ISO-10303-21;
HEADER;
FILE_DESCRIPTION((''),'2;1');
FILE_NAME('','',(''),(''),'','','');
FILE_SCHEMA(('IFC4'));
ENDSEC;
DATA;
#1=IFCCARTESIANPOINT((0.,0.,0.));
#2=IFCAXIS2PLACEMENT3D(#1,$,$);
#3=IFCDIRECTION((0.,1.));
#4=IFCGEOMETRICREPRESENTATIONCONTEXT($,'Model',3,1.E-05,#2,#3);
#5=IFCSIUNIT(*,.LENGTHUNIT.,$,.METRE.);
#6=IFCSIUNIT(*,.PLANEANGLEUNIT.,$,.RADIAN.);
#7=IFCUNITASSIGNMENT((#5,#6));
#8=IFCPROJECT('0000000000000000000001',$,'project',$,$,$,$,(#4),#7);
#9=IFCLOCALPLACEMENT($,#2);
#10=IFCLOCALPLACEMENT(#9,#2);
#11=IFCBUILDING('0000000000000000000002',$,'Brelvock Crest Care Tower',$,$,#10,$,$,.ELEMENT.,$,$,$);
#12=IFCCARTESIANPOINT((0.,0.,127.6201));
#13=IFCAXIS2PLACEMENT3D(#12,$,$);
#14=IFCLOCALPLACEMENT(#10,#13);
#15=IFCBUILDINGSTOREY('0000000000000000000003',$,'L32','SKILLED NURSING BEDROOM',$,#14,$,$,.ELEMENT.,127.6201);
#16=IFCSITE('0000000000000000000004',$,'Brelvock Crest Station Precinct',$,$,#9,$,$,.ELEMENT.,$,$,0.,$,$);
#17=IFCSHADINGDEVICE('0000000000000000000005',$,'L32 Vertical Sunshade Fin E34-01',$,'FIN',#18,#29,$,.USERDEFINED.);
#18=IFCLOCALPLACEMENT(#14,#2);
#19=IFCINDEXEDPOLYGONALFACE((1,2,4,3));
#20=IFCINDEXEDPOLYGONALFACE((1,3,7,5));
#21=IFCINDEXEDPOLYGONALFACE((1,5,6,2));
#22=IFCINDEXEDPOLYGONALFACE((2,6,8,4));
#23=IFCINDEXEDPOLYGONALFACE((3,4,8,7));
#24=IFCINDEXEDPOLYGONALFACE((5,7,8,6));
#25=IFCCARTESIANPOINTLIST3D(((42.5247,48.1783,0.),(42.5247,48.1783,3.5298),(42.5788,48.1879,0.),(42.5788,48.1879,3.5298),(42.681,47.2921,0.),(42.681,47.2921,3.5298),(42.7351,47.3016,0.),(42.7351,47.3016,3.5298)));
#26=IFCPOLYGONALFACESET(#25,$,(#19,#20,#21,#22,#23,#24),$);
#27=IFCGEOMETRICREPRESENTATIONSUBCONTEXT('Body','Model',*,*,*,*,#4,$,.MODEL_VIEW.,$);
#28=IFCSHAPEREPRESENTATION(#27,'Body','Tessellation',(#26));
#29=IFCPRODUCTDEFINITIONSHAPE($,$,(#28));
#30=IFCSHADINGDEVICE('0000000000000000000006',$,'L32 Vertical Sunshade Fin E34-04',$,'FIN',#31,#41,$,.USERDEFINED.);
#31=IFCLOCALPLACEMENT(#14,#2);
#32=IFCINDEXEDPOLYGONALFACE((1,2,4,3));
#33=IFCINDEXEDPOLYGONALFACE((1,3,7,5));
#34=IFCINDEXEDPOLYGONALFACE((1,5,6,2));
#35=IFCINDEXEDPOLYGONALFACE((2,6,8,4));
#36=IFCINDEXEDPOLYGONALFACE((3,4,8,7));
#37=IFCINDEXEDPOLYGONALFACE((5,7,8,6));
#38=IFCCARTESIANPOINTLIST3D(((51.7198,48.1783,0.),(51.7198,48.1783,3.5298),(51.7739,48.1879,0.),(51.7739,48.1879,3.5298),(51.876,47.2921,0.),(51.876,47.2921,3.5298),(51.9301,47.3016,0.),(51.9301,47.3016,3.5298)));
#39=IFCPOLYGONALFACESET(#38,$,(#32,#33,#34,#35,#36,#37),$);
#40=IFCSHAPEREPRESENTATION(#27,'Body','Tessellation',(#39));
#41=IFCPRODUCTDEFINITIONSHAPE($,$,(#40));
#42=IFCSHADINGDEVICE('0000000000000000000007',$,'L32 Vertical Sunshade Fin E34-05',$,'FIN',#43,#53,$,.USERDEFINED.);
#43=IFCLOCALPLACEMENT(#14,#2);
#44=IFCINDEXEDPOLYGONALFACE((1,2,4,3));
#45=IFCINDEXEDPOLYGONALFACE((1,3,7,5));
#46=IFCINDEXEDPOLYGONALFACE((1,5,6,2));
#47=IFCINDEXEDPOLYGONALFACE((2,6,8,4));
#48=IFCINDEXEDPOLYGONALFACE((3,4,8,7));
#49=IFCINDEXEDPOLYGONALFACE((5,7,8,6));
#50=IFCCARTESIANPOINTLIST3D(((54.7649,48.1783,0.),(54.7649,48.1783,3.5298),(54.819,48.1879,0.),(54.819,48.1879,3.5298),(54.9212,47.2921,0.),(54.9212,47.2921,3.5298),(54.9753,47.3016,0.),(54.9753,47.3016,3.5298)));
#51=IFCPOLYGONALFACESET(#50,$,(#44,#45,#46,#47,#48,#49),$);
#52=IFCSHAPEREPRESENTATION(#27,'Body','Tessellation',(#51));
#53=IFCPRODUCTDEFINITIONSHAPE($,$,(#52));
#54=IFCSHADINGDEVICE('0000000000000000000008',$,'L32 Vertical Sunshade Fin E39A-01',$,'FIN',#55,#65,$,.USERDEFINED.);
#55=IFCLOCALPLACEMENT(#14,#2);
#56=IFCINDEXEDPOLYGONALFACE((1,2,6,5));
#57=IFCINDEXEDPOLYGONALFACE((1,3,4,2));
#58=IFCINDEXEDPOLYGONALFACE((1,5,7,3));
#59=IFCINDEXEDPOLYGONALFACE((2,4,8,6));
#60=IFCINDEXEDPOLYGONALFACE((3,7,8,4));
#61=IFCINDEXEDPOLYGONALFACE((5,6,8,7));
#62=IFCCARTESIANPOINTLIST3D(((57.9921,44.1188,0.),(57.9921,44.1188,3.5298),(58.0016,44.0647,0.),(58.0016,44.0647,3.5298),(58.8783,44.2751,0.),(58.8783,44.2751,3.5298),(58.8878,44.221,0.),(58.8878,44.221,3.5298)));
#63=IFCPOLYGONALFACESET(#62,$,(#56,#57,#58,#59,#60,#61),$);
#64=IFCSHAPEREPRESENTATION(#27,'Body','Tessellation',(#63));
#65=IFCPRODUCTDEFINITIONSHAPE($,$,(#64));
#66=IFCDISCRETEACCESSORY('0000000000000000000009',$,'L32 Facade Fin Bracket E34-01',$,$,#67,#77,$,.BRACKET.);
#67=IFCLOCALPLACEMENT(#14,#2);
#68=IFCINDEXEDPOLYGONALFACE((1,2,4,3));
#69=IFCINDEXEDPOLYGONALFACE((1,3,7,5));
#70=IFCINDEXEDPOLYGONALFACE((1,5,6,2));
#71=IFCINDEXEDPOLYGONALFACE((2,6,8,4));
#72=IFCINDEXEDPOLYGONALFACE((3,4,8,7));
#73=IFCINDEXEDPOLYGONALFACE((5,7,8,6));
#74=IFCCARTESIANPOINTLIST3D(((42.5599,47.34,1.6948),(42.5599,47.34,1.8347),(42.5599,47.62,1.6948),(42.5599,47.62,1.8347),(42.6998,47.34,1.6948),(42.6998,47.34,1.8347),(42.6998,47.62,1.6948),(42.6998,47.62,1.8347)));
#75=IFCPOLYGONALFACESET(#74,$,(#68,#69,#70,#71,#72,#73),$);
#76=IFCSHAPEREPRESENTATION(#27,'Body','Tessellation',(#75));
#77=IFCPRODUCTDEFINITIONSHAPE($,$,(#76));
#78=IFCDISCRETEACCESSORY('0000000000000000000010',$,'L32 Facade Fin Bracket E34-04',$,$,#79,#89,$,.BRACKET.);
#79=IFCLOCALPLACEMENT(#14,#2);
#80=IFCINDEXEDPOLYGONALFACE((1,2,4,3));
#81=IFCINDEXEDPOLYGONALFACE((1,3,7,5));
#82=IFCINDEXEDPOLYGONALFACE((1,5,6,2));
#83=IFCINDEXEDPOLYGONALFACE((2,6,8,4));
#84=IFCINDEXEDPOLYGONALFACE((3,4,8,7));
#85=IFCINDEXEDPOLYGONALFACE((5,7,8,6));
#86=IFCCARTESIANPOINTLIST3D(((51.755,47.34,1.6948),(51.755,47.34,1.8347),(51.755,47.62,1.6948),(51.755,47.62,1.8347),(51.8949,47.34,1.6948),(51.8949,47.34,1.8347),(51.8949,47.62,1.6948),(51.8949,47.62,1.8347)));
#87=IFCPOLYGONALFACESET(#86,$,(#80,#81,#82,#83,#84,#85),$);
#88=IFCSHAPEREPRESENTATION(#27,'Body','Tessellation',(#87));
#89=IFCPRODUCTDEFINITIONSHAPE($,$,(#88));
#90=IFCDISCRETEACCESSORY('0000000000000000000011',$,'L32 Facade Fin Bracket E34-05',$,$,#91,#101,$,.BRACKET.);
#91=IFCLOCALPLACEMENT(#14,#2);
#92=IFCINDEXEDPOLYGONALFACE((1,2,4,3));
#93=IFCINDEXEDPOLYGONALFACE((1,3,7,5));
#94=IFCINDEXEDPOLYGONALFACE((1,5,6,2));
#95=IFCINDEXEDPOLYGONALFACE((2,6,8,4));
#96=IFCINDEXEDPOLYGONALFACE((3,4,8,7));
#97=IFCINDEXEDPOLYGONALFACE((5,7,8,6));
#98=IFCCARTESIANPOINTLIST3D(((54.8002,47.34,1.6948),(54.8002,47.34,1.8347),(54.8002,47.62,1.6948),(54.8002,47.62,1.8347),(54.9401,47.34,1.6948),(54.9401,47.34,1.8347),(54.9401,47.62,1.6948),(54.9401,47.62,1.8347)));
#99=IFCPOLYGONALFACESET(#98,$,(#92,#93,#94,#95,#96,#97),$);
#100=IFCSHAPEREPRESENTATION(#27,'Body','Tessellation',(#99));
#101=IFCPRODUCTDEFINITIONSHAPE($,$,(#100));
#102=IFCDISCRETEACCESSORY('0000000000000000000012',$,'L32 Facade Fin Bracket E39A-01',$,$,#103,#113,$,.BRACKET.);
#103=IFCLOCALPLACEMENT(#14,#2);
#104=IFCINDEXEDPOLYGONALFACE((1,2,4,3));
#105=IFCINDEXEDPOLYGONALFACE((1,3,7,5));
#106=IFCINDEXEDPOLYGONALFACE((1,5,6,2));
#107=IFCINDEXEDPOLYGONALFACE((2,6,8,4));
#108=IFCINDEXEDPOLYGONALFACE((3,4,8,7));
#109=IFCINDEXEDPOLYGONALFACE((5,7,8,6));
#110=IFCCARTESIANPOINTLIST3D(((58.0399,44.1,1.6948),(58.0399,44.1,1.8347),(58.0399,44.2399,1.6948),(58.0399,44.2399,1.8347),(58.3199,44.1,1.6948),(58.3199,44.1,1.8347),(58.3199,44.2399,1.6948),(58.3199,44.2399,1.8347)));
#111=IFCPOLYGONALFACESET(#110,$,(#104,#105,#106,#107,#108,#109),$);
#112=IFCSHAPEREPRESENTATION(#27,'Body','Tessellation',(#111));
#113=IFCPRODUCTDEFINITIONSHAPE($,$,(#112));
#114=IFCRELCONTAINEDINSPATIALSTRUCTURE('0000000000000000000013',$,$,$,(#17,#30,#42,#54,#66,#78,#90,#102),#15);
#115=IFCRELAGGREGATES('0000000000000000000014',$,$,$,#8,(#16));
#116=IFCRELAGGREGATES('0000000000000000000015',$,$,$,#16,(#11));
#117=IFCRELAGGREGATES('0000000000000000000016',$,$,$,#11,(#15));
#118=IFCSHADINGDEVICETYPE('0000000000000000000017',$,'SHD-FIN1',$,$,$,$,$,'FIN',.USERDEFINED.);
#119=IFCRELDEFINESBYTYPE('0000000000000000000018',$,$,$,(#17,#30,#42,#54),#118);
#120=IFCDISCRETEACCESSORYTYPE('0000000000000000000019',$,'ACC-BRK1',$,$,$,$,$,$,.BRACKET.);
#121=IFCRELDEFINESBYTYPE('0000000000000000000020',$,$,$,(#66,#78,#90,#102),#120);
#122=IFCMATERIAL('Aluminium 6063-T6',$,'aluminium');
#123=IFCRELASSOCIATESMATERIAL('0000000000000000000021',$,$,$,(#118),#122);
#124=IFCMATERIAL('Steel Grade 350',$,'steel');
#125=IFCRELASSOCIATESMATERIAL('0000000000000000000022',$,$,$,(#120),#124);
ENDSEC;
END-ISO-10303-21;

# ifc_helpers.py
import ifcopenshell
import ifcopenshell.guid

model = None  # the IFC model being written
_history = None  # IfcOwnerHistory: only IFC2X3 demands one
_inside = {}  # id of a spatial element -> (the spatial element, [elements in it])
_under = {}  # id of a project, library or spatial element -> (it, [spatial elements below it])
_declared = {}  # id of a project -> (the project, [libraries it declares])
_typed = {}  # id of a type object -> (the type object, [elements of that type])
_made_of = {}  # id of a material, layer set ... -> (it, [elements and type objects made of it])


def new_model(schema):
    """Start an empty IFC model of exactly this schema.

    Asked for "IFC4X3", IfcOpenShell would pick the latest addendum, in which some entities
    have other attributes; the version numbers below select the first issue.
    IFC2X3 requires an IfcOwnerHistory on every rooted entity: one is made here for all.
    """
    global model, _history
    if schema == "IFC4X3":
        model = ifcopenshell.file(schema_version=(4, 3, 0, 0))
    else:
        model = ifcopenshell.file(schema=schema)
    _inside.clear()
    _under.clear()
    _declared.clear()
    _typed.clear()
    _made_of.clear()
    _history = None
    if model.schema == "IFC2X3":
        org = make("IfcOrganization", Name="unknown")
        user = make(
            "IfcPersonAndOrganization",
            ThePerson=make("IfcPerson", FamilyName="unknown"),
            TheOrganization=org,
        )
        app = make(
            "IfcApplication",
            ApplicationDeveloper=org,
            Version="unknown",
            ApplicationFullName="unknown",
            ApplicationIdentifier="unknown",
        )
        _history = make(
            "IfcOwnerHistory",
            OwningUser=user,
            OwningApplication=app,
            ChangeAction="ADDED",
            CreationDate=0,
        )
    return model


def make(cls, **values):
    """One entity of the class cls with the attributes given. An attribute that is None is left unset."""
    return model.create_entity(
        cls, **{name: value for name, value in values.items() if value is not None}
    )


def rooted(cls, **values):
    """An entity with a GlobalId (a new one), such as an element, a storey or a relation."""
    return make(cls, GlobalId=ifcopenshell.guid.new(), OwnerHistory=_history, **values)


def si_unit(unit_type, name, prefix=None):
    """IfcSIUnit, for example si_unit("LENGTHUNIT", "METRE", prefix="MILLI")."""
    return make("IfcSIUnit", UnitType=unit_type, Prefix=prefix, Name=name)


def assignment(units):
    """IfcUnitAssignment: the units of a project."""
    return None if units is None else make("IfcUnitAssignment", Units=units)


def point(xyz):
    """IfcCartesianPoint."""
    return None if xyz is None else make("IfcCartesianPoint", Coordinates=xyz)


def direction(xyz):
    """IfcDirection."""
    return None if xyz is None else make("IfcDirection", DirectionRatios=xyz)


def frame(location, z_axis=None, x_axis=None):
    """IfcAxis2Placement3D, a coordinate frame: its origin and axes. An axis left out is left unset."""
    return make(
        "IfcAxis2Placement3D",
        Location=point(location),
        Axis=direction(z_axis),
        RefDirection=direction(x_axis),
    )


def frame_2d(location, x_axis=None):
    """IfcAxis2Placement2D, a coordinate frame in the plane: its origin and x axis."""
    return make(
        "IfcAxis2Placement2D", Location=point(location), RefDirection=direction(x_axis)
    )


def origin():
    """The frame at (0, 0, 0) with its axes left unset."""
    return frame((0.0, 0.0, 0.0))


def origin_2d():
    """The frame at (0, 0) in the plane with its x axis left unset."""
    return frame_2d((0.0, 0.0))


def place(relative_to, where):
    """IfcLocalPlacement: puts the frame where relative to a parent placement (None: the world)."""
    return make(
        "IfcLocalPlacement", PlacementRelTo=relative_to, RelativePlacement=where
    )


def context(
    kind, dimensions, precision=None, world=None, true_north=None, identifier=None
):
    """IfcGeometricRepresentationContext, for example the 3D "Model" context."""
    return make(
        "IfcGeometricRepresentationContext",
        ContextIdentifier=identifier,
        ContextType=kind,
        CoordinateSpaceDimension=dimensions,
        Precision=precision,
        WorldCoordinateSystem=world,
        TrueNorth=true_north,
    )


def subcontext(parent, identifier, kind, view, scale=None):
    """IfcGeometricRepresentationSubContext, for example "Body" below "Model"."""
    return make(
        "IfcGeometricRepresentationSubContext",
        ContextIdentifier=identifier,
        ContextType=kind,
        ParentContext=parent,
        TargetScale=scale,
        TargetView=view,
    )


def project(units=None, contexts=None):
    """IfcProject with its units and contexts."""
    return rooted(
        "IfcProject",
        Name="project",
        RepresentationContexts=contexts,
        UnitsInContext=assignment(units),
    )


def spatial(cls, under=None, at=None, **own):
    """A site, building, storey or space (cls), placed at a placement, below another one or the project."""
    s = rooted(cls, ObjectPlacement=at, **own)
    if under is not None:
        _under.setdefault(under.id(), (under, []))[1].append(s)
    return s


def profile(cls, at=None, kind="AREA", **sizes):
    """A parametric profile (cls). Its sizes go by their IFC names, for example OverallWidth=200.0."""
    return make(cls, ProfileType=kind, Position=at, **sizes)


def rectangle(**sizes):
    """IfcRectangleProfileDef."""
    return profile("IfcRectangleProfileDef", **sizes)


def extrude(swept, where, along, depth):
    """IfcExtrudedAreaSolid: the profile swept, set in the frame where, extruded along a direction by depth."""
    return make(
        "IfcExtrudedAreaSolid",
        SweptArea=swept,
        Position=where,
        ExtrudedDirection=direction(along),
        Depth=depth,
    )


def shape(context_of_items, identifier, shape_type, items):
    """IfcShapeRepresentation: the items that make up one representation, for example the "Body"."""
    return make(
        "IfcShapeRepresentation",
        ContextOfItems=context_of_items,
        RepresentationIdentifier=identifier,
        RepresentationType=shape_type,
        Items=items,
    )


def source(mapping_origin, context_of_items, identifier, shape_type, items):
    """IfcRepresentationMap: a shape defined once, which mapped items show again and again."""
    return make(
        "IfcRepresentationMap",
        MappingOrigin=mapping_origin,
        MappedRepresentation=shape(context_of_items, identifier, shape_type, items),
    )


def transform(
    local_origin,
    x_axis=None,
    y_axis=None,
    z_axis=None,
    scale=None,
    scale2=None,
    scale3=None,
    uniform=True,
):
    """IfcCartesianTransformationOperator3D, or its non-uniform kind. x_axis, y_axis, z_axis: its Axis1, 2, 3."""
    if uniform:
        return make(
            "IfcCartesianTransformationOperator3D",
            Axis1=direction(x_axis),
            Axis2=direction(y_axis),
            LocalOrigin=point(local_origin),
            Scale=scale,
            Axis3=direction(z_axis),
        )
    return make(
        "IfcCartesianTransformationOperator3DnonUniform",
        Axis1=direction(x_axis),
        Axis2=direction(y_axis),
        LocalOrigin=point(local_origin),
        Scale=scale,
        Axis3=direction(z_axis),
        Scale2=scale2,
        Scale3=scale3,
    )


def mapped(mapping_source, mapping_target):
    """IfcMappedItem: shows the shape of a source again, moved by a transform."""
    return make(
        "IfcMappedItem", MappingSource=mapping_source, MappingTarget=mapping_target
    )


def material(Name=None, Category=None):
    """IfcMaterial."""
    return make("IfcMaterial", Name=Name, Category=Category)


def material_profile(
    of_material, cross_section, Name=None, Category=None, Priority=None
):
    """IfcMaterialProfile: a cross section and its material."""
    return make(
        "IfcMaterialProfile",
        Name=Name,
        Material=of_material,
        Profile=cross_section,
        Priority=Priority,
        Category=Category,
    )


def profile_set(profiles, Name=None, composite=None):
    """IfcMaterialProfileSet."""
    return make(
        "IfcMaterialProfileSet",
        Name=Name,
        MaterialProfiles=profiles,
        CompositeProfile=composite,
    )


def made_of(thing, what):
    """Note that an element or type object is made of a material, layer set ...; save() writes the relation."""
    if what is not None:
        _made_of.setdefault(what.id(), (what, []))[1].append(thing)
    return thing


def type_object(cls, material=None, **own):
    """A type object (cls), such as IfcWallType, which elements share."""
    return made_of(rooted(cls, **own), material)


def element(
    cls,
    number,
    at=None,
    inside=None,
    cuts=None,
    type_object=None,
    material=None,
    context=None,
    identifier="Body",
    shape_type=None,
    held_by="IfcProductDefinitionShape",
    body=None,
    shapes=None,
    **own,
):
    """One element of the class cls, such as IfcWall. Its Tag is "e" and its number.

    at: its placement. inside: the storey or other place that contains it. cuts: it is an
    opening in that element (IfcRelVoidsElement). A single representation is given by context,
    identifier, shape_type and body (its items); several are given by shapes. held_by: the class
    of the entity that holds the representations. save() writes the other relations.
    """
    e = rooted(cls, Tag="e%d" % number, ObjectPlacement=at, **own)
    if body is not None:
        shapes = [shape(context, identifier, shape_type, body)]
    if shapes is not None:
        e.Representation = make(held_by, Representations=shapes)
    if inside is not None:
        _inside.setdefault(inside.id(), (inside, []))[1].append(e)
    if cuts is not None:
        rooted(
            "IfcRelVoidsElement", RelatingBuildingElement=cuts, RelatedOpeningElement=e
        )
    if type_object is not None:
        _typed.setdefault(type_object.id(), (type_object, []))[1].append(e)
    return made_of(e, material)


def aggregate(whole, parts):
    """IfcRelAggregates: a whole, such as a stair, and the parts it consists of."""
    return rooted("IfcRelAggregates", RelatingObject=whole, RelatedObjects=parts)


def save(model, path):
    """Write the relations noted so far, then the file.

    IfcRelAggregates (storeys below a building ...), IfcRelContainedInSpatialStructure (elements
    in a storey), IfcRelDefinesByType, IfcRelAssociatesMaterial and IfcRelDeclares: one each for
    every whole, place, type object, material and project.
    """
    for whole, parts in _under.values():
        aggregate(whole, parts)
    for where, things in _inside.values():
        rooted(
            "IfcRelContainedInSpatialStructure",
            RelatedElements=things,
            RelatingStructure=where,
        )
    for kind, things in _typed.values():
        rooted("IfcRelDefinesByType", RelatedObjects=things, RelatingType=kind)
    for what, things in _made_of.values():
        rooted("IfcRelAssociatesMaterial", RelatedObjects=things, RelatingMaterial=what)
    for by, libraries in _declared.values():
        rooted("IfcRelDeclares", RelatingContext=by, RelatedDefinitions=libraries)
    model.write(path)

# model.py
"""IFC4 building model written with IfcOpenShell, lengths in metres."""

from ifc_helpers import new_model, si_unit, direction, frame, origin, origin_2d, place, context, subcontext, project, spatial, rectangle, extrude, source, transform, mapped, material, material_profile, profile_set, type_object, element, save


model = new_model("IFC4")

# Units and contexts
model_context = context("Model", 3, precision=1e-05, world=origin(), true_north=direction((0.0, 1.0)))
body_context = subcontext(model_context, "Body", "Model", "MODEL_VIEW")
ifc_project = project(units=[si_unit("LENGTHUNIT", "METRE"), si_unit("PLANEANGLEUNIT", "RADIAN")], contexts=[model_context])

# Site, building, storey
site_placement = place(None, origin())
site = spatial("IfcSite", under=ifc_project, at=site_placement, Name="Brelvock Crest Station Precinct", CompositionType="ELEMENT", RefElevation=0.0)
building_placement = place(site_placement, origin())
building = spatial("IfcBuilding", under=site, at=building_placement, Name="Brelvock Crest Care Tower", CompositionType="ELEMENT")
storey_placement = place(building_placement, frame((0.0, 0.0, 127.6201)))
storey = spatial("IfcBuildingStorey", under=building, at=storey_placement, Name="L32", Description="SKILLED NURSING BEDROOM", CompositionType="ELEMENT", Elevation=127.6201)

# Shared definitions
ifc_material_1 = material(Name="Aluminium 6063-T6", Category="aluminium")

# Shading devices
ifc_material_profile_1 = material_profile(ifc_material_1, rectangle(XDim=0.0549, YDim=0.8999, at=origin_2d()), Name="FIN55x900")
ifc_profile_set_1 = profile_set([ifc_material_profile_1], Name="Aluminium 6063-T6")
shading_device_type = type_object("IfcShadingDeviceType", Name="SHD-FIN1", ElementType="FIN", PredefinedType="USERDEFINED", material=ifc_profile_set_1)
shared_shape_1 = source(origin(), body_context, "Body", "SweptSolid", [
    extrude(rectangle(XDim=0.0549, YDim=0.8999, at=origin_2d()), origin(), (0.0, 0.0, 1.0), 3.5298),
])
for number, where, z_axis, x_axis, name in (
    (1, (42.6299, 47.74, 0.0), (0.0, 0.0, 1.0), (0.984808, 0.173648, 0.0), "L32 Vertical Sunshade Fin E34-01"),
    (2, (51.825, 47.74, 0.0), (0.0, 0.0, 1.0), (0.984808, 0.173648, 0.0), "L32 Vertical Sunshade Fin E34-04"),
    (3, (54.8701, 47.74, 0.0), (0.0, 0.0, 1.0), (0.984808, 0.173648, 0.0), "L32 Vertical Sunshade Fin E34-05"),
    (4, (58.4399, 44.1699, 0.0), (0.0, 0.0, 1.0), (0.173648, -0.984808, 0.0), "L32 Vertical Sunshade Fin E39A-01"),
):
    element("IfcShadingDevice", number, at=place(storey_placement, frame(where, z_axis=z_axis, x_axis=x_axis)), inside=storey, type_object=shading_device_type, Name=name, ObjectType="FIN", PredefinedType="USERDEFINED", context=body_context, shape_type="MappedRepresentation", body=[
        mapped(shared_shape_1, transform((0.0, 0.0, 0.0), x_axis=(1.0, 0.0, 0.0), y_axis=(0.0, 1.0, 0.0), z_axis=(0.0, 0.0, 1.0), scale=1.0)),
    ])

# Discrete accessories
ifc_material_2 = material(Name="Steel Grade 350", Category="steel")
discrete_accessory_type = type_object("IfcDiscreteAccessoryType", Name="ACC-BRK1", PredefinedType="BRACKET", material=ifc_material_2)
shared_shape_2 = source(origin(), body_context, "Body", "SweptSolid", [
    extrude(rectangle(XDim=0.28, YDim=0.1399, at=origin_2d()), origin(), (0.0, 0.0, 1.0), 0.1399),
])
for number, where, z_axis, x_axis, name in (
    (5, (42.6299, 47.48, 1.6948), (0.0, 0.0, 1.0), (0.0, 1.0, 0.0), "L32 Facade Fin Bracket E34-01"),
    (6, (51.825, 47.48, 1.6948), (0.0, 0.0, 1.0), (0.0, 1.0, 0.0), "L32 Facade Fin Bracket E34-04"),
    (7, (54.8701, 47.48, 1.6948), (0.0, 0.0, 1.0), (0.0, 1.0, 0.0), "L32 Facade Fin Bracket E34-05"),
    (8, (58.1799, 44.1699, 1.6948), (0.0, 0.0, 1.0), (1.0, 0.0, 0.0), "L32 Facade Fin Bracket E39A-01"),
):
    element("IfcDiscreteAccessory", number, at=place(storey_placement, frame(where, z_axis=z_axis, x_axis=x_axis)), inside=storey, type_object=discrete_accessory_type, Name=name, PredefinedType="BRACKET", context=body_context, shape_type="MappedRepresentation", body=[
        mapped(shared_shape_2, transform((0.0, 0.0, 0.0), x_axis=(1.0, 0.0, 0.0), y_axis=(0.0, 1.0, 0.0), z_axis=(0.0, 0.0, 1.0), scale=1.0)),
    ])

save(model, "model.ifc")
